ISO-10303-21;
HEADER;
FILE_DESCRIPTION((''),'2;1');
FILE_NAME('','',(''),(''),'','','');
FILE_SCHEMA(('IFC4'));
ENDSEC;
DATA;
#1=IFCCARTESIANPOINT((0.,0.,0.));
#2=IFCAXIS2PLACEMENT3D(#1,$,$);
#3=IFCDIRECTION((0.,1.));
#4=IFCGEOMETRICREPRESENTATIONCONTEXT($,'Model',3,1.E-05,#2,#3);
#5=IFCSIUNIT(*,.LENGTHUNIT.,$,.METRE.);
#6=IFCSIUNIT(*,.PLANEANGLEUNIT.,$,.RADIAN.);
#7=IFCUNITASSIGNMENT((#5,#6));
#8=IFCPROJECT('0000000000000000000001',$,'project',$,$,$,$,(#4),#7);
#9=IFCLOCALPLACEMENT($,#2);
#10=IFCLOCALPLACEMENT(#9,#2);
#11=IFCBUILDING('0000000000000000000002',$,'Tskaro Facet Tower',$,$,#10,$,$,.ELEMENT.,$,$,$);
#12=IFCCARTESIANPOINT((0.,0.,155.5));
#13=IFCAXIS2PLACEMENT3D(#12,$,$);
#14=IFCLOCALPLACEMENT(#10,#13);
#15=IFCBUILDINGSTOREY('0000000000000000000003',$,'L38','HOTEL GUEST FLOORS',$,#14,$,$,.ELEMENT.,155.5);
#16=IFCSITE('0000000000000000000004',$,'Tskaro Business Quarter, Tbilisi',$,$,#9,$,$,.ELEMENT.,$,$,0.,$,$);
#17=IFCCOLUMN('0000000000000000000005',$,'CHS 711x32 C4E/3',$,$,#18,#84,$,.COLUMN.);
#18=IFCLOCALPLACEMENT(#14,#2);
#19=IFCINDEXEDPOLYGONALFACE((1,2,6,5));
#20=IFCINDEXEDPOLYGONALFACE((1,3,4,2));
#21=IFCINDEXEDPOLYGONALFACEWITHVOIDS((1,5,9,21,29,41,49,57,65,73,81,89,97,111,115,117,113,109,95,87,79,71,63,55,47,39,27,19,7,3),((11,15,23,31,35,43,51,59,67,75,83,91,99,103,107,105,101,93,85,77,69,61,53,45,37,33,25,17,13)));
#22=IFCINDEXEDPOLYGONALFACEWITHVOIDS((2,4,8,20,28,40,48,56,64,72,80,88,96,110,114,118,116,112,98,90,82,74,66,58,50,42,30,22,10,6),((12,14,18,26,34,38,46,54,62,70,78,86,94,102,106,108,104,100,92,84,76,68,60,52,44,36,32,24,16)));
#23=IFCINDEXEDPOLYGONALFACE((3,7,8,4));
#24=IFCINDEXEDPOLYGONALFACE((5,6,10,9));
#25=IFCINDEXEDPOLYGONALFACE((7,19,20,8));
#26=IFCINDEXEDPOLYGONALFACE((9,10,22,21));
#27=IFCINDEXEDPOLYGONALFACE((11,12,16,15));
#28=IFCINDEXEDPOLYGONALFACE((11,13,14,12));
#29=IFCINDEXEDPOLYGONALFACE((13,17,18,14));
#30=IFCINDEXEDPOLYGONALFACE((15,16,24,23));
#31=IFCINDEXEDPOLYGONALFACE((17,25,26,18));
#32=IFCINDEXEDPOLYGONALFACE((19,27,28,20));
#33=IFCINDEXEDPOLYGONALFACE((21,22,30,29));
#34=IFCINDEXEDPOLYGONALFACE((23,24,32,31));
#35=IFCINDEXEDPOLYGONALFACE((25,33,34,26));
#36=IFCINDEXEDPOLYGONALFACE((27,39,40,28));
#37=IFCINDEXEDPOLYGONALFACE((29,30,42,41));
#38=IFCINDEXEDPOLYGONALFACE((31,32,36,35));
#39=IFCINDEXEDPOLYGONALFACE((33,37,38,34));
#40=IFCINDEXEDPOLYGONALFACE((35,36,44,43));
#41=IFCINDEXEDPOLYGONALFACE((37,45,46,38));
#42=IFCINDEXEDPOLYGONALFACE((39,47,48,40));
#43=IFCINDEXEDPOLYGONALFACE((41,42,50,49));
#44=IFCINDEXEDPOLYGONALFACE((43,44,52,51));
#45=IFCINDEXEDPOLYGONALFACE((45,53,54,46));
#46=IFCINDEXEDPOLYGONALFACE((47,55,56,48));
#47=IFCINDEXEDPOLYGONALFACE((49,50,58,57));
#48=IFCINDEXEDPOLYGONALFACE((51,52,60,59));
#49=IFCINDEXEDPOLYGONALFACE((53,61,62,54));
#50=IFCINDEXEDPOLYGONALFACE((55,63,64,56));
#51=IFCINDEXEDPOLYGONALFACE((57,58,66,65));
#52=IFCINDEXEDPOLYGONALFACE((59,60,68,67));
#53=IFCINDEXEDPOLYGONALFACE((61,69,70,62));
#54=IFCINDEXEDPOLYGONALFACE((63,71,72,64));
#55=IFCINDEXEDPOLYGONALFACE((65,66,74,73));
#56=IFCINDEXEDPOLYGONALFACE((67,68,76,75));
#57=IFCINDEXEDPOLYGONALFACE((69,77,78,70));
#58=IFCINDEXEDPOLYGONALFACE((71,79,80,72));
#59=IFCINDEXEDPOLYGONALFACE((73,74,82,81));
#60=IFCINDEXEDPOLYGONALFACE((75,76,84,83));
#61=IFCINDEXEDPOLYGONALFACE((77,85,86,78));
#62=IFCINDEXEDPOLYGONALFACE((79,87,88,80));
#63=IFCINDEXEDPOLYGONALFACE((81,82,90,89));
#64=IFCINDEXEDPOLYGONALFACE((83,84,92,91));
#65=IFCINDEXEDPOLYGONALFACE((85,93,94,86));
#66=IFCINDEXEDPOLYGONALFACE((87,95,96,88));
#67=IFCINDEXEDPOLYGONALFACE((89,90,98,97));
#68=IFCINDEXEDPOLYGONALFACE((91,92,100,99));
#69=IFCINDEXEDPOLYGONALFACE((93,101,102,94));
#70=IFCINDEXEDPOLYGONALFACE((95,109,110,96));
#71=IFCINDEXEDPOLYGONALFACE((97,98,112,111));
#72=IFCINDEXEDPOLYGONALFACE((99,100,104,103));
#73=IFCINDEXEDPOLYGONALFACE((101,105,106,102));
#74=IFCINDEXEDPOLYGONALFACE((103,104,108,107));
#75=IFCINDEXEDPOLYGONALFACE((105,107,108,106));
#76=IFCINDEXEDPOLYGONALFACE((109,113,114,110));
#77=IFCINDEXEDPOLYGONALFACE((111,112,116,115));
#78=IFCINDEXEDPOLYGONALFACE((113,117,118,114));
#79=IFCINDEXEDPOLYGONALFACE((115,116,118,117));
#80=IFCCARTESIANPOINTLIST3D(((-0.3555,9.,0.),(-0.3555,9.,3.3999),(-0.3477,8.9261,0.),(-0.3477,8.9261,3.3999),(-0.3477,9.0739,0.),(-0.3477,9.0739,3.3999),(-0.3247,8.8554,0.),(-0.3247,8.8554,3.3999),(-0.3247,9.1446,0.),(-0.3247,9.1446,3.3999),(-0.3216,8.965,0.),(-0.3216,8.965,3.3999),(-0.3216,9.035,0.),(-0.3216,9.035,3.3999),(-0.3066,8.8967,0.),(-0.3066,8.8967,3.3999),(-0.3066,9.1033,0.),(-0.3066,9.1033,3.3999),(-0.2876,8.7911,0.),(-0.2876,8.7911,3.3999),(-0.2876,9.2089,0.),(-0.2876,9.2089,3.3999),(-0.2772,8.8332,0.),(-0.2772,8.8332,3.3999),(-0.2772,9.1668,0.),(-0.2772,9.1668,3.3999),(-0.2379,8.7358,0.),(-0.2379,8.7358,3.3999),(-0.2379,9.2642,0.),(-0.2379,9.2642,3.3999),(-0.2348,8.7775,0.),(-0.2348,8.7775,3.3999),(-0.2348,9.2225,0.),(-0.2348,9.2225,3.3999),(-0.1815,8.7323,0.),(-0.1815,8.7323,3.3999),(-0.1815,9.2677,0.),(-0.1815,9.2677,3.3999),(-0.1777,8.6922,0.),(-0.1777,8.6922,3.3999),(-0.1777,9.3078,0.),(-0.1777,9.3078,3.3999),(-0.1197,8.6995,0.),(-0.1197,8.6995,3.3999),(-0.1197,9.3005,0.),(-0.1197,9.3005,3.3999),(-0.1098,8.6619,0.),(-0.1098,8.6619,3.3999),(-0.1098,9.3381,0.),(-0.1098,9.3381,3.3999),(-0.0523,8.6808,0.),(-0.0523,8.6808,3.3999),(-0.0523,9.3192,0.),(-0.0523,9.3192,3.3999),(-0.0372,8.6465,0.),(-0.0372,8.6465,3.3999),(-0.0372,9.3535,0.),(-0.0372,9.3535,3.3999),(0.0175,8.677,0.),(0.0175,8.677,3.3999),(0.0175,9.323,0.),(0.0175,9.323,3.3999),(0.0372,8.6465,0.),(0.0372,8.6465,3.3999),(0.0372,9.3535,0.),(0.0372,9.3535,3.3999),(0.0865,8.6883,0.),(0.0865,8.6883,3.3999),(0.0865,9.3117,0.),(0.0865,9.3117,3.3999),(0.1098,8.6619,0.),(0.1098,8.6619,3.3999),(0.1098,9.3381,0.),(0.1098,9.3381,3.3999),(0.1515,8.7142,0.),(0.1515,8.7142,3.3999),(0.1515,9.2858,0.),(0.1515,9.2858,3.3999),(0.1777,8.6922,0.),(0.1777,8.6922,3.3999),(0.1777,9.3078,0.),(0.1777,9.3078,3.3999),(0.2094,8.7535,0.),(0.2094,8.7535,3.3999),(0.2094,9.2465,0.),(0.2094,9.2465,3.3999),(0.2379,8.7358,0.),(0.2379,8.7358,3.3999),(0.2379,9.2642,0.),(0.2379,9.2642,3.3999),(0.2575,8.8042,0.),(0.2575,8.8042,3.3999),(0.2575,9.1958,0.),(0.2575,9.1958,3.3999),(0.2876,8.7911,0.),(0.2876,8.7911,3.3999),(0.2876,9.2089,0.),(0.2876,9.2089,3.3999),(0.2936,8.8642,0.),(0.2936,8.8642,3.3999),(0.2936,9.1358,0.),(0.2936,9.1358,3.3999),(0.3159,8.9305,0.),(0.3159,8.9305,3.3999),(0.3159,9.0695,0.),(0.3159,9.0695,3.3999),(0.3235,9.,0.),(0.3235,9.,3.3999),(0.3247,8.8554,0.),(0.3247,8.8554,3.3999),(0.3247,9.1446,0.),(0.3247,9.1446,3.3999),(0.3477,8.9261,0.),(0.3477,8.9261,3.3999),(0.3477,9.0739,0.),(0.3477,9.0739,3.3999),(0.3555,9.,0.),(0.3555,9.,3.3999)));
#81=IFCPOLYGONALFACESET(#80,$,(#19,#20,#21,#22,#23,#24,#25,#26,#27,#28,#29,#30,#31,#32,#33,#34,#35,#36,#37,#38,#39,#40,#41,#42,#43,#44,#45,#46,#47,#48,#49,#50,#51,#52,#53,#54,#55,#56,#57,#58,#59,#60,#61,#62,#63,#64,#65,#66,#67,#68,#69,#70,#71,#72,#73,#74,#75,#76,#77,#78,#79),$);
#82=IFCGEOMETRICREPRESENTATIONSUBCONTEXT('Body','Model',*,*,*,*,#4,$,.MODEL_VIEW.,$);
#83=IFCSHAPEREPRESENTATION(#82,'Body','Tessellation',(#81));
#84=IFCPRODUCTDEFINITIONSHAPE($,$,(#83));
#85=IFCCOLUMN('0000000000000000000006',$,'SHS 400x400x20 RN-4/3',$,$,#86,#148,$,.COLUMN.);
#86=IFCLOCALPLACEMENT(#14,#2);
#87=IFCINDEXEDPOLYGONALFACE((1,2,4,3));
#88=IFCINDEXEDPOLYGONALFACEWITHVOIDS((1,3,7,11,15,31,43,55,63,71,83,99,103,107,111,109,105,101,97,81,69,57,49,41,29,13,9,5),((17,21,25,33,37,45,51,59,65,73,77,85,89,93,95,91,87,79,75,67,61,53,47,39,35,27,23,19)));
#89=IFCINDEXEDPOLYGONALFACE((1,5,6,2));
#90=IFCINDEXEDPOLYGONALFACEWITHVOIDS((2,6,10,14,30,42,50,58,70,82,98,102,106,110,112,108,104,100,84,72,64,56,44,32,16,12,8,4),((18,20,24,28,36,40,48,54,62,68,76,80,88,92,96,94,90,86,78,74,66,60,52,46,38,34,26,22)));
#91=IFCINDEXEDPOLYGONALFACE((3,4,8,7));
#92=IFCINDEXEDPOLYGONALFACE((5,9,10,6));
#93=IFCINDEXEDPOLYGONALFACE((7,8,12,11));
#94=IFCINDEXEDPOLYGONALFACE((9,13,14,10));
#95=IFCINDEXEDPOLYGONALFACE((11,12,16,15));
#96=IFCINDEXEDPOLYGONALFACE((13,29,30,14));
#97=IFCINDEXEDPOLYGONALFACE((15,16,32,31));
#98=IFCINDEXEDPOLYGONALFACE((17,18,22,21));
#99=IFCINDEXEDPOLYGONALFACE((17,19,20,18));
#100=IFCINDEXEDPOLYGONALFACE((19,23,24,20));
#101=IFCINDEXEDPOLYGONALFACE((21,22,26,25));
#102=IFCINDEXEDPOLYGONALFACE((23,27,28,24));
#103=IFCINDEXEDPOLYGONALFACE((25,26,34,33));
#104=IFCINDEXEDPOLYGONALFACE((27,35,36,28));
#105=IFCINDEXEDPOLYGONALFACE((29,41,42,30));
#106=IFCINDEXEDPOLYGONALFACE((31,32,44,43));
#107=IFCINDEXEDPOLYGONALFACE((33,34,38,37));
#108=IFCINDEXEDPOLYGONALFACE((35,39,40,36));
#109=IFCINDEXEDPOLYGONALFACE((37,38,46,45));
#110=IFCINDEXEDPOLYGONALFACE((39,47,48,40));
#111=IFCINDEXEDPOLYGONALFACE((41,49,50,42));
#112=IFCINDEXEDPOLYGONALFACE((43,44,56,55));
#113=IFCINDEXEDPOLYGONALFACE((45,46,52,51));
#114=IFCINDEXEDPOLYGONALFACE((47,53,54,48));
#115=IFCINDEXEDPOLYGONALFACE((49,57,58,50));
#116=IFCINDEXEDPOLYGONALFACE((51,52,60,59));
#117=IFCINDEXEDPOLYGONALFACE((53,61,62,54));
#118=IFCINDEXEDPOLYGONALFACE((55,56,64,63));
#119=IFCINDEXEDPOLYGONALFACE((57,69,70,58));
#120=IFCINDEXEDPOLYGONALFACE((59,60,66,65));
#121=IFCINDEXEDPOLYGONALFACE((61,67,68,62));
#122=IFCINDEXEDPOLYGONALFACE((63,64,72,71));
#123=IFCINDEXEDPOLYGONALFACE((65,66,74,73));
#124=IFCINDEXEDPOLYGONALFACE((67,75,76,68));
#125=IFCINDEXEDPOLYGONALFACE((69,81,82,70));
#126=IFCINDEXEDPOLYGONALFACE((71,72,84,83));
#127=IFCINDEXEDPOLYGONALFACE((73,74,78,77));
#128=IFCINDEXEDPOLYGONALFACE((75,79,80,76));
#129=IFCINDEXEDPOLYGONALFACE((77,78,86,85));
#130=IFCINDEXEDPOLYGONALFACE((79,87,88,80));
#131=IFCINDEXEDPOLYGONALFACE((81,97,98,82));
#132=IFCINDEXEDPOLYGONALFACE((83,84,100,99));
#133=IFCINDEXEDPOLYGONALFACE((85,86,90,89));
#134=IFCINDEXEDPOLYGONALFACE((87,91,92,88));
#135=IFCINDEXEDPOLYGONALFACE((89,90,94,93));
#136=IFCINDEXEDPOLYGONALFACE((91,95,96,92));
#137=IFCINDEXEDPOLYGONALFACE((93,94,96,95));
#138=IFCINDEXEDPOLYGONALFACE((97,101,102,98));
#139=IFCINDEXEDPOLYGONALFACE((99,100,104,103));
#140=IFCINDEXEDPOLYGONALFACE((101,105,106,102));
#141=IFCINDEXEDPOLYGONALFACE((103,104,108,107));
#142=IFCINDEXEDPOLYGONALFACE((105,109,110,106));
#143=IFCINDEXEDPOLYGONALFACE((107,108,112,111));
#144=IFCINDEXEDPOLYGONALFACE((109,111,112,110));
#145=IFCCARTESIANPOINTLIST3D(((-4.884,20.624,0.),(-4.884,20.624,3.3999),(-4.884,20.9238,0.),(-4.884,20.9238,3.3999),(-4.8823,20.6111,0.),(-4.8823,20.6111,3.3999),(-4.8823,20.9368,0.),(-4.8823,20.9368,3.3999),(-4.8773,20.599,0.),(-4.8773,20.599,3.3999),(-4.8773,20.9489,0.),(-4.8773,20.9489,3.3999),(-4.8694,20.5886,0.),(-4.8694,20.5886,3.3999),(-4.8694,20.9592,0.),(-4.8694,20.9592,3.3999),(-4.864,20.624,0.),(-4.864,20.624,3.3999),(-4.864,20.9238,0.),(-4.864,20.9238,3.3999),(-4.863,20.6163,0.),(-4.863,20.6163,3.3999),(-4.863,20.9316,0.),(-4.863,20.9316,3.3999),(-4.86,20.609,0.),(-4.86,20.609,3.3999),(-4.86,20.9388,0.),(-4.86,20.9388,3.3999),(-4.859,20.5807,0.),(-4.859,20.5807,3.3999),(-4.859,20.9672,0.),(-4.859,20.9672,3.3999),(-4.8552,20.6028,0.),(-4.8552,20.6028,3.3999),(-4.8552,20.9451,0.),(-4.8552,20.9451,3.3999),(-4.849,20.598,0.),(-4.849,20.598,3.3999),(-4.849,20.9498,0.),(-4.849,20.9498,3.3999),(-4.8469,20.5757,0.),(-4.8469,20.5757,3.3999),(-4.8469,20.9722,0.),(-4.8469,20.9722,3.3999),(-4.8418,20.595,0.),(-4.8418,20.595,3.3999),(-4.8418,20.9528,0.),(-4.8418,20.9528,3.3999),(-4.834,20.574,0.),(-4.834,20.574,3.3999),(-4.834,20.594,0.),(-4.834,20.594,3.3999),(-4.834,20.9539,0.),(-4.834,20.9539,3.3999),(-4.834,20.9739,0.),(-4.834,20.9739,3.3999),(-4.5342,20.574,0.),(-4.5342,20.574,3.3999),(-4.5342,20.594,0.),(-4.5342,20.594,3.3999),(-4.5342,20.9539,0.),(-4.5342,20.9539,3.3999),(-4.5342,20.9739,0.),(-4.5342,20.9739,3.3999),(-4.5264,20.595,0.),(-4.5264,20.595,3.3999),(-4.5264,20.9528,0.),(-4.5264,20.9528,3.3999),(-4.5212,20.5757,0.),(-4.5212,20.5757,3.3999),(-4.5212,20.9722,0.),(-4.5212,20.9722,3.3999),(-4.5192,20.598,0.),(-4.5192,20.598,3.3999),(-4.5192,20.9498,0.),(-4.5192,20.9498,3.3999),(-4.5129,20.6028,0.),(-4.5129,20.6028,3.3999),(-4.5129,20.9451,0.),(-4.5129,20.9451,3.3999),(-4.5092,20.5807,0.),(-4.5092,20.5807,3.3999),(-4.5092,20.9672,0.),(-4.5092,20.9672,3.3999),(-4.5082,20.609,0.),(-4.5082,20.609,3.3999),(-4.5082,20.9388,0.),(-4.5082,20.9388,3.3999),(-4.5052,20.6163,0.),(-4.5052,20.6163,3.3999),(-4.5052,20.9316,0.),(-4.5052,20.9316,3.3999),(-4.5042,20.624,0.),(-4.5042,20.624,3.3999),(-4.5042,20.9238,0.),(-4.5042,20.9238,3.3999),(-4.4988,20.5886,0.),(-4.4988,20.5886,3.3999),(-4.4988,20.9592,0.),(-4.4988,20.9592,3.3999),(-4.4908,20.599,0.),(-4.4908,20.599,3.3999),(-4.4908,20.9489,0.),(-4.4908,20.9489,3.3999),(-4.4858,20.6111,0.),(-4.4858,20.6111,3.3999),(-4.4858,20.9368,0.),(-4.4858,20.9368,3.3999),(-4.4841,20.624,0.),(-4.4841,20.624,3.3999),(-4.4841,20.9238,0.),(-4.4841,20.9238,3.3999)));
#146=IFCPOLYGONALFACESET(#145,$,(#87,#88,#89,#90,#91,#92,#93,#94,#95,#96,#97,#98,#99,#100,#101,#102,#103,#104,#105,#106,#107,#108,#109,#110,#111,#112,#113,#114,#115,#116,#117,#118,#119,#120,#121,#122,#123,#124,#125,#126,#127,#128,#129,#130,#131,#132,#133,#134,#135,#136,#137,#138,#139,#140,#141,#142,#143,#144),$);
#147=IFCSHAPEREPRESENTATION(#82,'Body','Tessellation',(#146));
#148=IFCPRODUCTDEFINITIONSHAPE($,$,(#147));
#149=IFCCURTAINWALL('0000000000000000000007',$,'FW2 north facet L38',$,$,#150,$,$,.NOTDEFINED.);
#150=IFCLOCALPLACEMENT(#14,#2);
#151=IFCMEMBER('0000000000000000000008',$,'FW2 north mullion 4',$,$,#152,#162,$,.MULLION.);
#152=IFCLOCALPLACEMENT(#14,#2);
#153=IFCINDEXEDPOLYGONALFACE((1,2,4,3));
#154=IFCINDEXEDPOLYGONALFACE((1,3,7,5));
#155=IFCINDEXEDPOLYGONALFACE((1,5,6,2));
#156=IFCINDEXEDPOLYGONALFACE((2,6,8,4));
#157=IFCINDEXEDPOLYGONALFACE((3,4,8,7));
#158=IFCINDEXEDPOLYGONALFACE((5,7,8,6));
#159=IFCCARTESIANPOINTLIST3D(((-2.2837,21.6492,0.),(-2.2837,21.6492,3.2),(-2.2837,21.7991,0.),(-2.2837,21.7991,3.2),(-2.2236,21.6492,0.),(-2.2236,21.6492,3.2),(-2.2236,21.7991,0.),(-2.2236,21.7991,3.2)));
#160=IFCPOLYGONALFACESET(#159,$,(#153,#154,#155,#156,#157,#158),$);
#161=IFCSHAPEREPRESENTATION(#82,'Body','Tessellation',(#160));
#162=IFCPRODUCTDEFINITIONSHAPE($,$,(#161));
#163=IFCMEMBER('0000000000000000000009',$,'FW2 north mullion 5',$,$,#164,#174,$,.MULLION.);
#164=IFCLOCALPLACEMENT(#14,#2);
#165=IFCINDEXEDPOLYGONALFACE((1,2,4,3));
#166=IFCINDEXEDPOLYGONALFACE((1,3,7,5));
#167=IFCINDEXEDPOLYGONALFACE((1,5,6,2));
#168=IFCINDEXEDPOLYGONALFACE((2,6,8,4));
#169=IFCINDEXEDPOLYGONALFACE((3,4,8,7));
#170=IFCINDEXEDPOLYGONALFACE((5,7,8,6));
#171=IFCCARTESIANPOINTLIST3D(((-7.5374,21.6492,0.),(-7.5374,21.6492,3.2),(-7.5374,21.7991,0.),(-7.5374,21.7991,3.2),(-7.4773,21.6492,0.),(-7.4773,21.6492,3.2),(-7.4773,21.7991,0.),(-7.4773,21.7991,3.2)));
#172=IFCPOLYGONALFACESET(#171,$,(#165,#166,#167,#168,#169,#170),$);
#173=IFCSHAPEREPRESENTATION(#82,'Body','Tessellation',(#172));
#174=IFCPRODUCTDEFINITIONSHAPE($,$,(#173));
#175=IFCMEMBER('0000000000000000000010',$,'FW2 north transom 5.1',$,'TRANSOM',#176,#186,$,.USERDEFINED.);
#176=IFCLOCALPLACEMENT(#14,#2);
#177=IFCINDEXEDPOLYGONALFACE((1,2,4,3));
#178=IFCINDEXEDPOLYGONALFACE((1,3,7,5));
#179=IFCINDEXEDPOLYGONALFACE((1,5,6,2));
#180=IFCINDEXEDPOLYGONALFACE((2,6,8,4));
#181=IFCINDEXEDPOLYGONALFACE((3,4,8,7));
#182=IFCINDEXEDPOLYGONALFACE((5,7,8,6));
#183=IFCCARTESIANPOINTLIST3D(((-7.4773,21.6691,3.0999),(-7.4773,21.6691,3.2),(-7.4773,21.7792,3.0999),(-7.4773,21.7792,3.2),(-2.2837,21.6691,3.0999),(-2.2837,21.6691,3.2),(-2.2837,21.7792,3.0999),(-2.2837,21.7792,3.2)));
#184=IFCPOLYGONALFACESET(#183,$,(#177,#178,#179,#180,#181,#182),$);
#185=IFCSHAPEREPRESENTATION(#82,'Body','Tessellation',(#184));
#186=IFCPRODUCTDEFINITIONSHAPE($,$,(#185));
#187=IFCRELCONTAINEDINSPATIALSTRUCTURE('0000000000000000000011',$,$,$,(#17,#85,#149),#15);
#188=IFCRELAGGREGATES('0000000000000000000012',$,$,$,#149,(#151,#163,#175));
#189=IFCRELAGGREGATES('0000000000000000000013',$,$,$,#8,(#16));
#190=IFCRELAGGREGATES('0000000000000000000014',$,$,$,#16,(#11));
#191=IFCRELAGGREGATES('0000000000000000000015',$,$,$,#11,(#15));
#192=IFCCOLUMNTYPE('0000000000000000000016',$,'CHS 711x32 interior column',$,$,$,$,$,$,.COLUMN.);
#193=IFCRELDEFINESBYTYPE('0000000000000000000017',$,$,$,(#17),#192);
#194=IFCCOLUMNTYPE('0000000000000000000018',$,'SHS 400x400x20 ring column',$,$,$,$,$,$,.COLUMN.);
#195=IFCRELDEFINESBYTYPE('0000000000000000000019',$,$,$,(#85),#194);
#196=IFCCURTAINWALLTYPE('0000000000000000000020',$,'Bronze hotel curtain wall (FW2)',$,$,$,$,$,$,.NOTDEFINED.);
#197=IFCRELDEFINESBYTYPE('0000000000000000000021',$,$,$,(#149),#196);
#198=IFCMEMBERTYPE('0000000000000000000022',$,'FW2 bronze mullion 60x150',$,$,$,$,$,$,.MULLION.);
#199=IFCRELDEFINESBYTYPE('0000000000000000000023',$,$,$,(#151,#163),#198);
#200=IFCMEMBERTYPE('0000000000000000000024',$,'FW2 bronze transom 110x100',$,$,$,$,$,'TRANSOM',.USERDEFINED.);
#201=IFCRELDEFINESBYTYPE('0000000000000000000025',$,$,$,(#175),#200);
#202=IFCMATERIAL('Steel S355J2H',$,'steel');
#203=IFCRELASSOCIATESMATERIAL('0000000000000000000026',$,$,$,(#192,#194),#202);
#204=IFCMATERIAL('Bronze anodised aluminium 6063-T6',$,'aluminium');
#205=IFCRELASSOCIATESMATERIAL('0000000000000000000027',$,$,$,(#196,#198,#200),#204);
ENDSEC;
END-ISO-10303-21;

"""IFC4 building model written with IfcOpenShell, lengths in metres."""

from ifc_helpers import new_model, si_unit, direction, frame, origin, origin_2d, place, context, subcontext, project, spatial, rectangle, hollow_rectangle, hollow_circle, extrude, material, material_profile, profile_set, type_object, element, aggregate, save


model = new_model("IFC4")

# Units and contexts
model_context = context("Model", 3, precision=1e-05, world=origin(), true_north=direction((0.0, 1.0)))
body_context = subcontext(model_context, "Body", "Model", "MODEL_VIEW")
ifc_project = project(units=[si_unit("LENGTHUNIT", "METRE"), si_unit("PLANEANGLEUNIT", "RADIAN")], contexts=[model_context])

# Site, building, storey
site_placement = place(None, origin())
site = spatial("IfcSite", under=ifc_project, at=site_placement, Name="Tskaro Business Quarter, Tbilisi", CompositionType="ELEMENT", RefElevation=0.0)
building_placement = place(site_placement, origin())
building = spatial("IfcBuilding", under=site, at=building_placement, Name="Tskaro Facet Tower", CompositionType="ELEMENT")
storey_placement = place(building_placement, frame((0.0, 0.0, 155.5)))
storey = spatial("IfcBuildingStorey", under=building, at=storey_placement, Name="L38", Description="HOTEL GUEST FLOORS", CompositionType="ELEMENT", Elevation=155.5)

# Columns
ifc_material_1 = material(Name="Steel S355J2H", Category="steel")
ifc_material_profile_1 = material_profile(ifc_material_1, hollow_circle(Radius=0.3555, WallThickness=0.032, at=origin_2d()), Name="CHS 711x32")
ifc_profile_set_1 = profile_set([ifc_material_profile_1], Name="Steel S355J2H")
column_type_1 = type_object("IfcColumnType", Name="CHS 711x32 interior column", PredefinedType="COLUMN", material=ifc_profile_set_1)
column_1_placement = place(storey_placement, frame((0.0, 9.0, 0.0), z_axis=(0.0, 0.0, 1.0), x_axis=(1.0, 0.0, 0.0)))
element("IfcColumn", 1, at=column_1_placement, inside=storey, type_object=column_type_1, Name="CHS 711x32 C4E/3", PredefinedType="COLUMN", context=body_context, shape_type="SweptSolid", body=[
    extrude(hollow_circle(Radius=0.3555, WallThickness=0.032, at=origin_2d()), origin(), (0.0, 0.0, 1.0), 3.3999),
])
ifc_material_profile_2 = material_profile(ifc_material_1, hollow_rectangle(XDim=0.3999, YDim=0.3999, WallThickness=0.02, InnerFilletRadius=0.03, OuterFilletRadius=0.05, at=origin_2d()), Name="SHS 400x400x20")
ifc_profile_set_2 = profile_set([ifc_material_profile_2], Name="Steel S355J2H")
column_type_2 = type_object("IfcColumnType", Name="SHS 400x400x20 ring column", PredefinedType="COLUMN", material=ifc_profile_set_2)
column_2_placement = place(storey_placement, frame((-4.6841, 20.7739, 0.0), z_axis=(0.0, 0.0, 1.0), x_axis=(1.0, 0.0, 0.0)))
element("IfcColumn", 2, at=column_2_placement, inside=storey, type_object=column_type_2, Name="SHS 400x400x20 RN-4/3", PredefinedType="COLUMN", context=body_context, shape_type="SweptSolid", body=[
    extrude(hollow_rectangle(XDim=0.3999, YDim=0.3999, WallThickness=0.02, InnerFilletRadius=0.03, OuterFilletRadius=0.05, at=origin_2d()), origin(), (0.0, 0.0, 1.0), 3.3999),
])

# Curtain wall, members
ifc_material_2 = material(Name="Bronze anodised aluminium 6063-T6", Category="aluminium")
curtain_wall_type = type_object("IfcCurtainWallType", Name="Bronze hotel curtain wall (FW2)", PredefinedType="NOTDEFINED", material=ifc_material_2)
curtain_wall_placement = place(storey_placement, origin())
curtain_wall = element("IfcCurtainWall", 3, at=curtain_wall_placement, inside=storey, type_object=curtain_wall_type, Name="FW2 north facet L38", PredefinedType="NOTDEFINED")
ifc_material_profile_3 = material_profile(ifc_material_2, rectangle(XDim=0.0601, YDim=0.1499, at=origin_2d()), Name="Mullion 60x150")
ifc_profile_set_3 = profile_set([ifc_material_profile_3], Name="Bronze anodised aluminium 6063-T6")
member_type_1 = type_object("IfcMemberType", Name="FW2 bronze mullion 60x150", PredefinedType="MULLION", material=ifc_profile_set_3)
member_1_placement = place(storey_placement, frame((-2.2537, 21.7241, 0.0), z_axis=(0.0, 0.0, 1.0), x_axis=(-1.0, 0.0, 0.0)))
member_1 = element("IfcMember", 4, at=member_1_placement, type_object=member_type_1, Name="FW2 north mullion 4", PredefinedType="MULLION", context=body_context, shape_type="SweptSolid", body=[
    extrude(rectangle(XDim=0.0601, YDim=0.1499, at=origin_2d()), origin(), (0.0, 0.0, 1.0), 3.2),
])
member_2_placement = place(storey_placement, frame((-7.5073, 21.7241, 0.0), z_axis=(0.0, 0.0, 1.0), x_axis=(-1.0, 0.0, 0.0)))
member_2 = element("IfcMember", 5, at=member_2_placement, type_object=member_type_1, Name="FW2 north mullion 5", PredefinedType="MULLION", context=body_context, shape_type="SweptSolid", body=[
    extrude(rectangle(XDim=0.0601, YDim=0.1499, at=origin_2d()), origin(), (0.0, 0.0, 1.0), 3.2),
])
ifc_material_profile_4 = material_profile(ifc_material_2, rectangle(XDim=0.1101, YDim=0.1001, at=origin_2d()), Name="Transom 110x100")
ifc_profile_set_4 = profile_set([ifc_material_profile_4], Name="Bronze anodised aluminium 6063-T6")
member_type_2 = type_object("IfcMemberType", Name="FW2 bronze transom 110x100", ElementType="TRANSOM", PredefinedType="USERDEFINED", material=ifc_profile_set_4)
member_3_placement = place(storey_placement, frame((-2.2837, 21.7241, 3.1499), z_axis=(-1.0, 0.0, 0.0), x_axis=(0.0, -1.0, 0.0)))
member_3 = element("IfcMember", 6, at=member_3_placement, type_object=member_type_2, Name="FW2 north transom 5.1", ObjectType="TRANSOM", PredefinedType="USERDEFINED", context=body_context, shape_type="SweptSolid", body=[
    extrude(rectangle(XDim=0.1101, YDim=0.1001, at=origin_2d()), origin(), (0.0, 0.0, 1.0), 5.1936),
])

aggregate(curtain_wall, [member_1, member_2, member_3])

save(model, "model.ifc")
